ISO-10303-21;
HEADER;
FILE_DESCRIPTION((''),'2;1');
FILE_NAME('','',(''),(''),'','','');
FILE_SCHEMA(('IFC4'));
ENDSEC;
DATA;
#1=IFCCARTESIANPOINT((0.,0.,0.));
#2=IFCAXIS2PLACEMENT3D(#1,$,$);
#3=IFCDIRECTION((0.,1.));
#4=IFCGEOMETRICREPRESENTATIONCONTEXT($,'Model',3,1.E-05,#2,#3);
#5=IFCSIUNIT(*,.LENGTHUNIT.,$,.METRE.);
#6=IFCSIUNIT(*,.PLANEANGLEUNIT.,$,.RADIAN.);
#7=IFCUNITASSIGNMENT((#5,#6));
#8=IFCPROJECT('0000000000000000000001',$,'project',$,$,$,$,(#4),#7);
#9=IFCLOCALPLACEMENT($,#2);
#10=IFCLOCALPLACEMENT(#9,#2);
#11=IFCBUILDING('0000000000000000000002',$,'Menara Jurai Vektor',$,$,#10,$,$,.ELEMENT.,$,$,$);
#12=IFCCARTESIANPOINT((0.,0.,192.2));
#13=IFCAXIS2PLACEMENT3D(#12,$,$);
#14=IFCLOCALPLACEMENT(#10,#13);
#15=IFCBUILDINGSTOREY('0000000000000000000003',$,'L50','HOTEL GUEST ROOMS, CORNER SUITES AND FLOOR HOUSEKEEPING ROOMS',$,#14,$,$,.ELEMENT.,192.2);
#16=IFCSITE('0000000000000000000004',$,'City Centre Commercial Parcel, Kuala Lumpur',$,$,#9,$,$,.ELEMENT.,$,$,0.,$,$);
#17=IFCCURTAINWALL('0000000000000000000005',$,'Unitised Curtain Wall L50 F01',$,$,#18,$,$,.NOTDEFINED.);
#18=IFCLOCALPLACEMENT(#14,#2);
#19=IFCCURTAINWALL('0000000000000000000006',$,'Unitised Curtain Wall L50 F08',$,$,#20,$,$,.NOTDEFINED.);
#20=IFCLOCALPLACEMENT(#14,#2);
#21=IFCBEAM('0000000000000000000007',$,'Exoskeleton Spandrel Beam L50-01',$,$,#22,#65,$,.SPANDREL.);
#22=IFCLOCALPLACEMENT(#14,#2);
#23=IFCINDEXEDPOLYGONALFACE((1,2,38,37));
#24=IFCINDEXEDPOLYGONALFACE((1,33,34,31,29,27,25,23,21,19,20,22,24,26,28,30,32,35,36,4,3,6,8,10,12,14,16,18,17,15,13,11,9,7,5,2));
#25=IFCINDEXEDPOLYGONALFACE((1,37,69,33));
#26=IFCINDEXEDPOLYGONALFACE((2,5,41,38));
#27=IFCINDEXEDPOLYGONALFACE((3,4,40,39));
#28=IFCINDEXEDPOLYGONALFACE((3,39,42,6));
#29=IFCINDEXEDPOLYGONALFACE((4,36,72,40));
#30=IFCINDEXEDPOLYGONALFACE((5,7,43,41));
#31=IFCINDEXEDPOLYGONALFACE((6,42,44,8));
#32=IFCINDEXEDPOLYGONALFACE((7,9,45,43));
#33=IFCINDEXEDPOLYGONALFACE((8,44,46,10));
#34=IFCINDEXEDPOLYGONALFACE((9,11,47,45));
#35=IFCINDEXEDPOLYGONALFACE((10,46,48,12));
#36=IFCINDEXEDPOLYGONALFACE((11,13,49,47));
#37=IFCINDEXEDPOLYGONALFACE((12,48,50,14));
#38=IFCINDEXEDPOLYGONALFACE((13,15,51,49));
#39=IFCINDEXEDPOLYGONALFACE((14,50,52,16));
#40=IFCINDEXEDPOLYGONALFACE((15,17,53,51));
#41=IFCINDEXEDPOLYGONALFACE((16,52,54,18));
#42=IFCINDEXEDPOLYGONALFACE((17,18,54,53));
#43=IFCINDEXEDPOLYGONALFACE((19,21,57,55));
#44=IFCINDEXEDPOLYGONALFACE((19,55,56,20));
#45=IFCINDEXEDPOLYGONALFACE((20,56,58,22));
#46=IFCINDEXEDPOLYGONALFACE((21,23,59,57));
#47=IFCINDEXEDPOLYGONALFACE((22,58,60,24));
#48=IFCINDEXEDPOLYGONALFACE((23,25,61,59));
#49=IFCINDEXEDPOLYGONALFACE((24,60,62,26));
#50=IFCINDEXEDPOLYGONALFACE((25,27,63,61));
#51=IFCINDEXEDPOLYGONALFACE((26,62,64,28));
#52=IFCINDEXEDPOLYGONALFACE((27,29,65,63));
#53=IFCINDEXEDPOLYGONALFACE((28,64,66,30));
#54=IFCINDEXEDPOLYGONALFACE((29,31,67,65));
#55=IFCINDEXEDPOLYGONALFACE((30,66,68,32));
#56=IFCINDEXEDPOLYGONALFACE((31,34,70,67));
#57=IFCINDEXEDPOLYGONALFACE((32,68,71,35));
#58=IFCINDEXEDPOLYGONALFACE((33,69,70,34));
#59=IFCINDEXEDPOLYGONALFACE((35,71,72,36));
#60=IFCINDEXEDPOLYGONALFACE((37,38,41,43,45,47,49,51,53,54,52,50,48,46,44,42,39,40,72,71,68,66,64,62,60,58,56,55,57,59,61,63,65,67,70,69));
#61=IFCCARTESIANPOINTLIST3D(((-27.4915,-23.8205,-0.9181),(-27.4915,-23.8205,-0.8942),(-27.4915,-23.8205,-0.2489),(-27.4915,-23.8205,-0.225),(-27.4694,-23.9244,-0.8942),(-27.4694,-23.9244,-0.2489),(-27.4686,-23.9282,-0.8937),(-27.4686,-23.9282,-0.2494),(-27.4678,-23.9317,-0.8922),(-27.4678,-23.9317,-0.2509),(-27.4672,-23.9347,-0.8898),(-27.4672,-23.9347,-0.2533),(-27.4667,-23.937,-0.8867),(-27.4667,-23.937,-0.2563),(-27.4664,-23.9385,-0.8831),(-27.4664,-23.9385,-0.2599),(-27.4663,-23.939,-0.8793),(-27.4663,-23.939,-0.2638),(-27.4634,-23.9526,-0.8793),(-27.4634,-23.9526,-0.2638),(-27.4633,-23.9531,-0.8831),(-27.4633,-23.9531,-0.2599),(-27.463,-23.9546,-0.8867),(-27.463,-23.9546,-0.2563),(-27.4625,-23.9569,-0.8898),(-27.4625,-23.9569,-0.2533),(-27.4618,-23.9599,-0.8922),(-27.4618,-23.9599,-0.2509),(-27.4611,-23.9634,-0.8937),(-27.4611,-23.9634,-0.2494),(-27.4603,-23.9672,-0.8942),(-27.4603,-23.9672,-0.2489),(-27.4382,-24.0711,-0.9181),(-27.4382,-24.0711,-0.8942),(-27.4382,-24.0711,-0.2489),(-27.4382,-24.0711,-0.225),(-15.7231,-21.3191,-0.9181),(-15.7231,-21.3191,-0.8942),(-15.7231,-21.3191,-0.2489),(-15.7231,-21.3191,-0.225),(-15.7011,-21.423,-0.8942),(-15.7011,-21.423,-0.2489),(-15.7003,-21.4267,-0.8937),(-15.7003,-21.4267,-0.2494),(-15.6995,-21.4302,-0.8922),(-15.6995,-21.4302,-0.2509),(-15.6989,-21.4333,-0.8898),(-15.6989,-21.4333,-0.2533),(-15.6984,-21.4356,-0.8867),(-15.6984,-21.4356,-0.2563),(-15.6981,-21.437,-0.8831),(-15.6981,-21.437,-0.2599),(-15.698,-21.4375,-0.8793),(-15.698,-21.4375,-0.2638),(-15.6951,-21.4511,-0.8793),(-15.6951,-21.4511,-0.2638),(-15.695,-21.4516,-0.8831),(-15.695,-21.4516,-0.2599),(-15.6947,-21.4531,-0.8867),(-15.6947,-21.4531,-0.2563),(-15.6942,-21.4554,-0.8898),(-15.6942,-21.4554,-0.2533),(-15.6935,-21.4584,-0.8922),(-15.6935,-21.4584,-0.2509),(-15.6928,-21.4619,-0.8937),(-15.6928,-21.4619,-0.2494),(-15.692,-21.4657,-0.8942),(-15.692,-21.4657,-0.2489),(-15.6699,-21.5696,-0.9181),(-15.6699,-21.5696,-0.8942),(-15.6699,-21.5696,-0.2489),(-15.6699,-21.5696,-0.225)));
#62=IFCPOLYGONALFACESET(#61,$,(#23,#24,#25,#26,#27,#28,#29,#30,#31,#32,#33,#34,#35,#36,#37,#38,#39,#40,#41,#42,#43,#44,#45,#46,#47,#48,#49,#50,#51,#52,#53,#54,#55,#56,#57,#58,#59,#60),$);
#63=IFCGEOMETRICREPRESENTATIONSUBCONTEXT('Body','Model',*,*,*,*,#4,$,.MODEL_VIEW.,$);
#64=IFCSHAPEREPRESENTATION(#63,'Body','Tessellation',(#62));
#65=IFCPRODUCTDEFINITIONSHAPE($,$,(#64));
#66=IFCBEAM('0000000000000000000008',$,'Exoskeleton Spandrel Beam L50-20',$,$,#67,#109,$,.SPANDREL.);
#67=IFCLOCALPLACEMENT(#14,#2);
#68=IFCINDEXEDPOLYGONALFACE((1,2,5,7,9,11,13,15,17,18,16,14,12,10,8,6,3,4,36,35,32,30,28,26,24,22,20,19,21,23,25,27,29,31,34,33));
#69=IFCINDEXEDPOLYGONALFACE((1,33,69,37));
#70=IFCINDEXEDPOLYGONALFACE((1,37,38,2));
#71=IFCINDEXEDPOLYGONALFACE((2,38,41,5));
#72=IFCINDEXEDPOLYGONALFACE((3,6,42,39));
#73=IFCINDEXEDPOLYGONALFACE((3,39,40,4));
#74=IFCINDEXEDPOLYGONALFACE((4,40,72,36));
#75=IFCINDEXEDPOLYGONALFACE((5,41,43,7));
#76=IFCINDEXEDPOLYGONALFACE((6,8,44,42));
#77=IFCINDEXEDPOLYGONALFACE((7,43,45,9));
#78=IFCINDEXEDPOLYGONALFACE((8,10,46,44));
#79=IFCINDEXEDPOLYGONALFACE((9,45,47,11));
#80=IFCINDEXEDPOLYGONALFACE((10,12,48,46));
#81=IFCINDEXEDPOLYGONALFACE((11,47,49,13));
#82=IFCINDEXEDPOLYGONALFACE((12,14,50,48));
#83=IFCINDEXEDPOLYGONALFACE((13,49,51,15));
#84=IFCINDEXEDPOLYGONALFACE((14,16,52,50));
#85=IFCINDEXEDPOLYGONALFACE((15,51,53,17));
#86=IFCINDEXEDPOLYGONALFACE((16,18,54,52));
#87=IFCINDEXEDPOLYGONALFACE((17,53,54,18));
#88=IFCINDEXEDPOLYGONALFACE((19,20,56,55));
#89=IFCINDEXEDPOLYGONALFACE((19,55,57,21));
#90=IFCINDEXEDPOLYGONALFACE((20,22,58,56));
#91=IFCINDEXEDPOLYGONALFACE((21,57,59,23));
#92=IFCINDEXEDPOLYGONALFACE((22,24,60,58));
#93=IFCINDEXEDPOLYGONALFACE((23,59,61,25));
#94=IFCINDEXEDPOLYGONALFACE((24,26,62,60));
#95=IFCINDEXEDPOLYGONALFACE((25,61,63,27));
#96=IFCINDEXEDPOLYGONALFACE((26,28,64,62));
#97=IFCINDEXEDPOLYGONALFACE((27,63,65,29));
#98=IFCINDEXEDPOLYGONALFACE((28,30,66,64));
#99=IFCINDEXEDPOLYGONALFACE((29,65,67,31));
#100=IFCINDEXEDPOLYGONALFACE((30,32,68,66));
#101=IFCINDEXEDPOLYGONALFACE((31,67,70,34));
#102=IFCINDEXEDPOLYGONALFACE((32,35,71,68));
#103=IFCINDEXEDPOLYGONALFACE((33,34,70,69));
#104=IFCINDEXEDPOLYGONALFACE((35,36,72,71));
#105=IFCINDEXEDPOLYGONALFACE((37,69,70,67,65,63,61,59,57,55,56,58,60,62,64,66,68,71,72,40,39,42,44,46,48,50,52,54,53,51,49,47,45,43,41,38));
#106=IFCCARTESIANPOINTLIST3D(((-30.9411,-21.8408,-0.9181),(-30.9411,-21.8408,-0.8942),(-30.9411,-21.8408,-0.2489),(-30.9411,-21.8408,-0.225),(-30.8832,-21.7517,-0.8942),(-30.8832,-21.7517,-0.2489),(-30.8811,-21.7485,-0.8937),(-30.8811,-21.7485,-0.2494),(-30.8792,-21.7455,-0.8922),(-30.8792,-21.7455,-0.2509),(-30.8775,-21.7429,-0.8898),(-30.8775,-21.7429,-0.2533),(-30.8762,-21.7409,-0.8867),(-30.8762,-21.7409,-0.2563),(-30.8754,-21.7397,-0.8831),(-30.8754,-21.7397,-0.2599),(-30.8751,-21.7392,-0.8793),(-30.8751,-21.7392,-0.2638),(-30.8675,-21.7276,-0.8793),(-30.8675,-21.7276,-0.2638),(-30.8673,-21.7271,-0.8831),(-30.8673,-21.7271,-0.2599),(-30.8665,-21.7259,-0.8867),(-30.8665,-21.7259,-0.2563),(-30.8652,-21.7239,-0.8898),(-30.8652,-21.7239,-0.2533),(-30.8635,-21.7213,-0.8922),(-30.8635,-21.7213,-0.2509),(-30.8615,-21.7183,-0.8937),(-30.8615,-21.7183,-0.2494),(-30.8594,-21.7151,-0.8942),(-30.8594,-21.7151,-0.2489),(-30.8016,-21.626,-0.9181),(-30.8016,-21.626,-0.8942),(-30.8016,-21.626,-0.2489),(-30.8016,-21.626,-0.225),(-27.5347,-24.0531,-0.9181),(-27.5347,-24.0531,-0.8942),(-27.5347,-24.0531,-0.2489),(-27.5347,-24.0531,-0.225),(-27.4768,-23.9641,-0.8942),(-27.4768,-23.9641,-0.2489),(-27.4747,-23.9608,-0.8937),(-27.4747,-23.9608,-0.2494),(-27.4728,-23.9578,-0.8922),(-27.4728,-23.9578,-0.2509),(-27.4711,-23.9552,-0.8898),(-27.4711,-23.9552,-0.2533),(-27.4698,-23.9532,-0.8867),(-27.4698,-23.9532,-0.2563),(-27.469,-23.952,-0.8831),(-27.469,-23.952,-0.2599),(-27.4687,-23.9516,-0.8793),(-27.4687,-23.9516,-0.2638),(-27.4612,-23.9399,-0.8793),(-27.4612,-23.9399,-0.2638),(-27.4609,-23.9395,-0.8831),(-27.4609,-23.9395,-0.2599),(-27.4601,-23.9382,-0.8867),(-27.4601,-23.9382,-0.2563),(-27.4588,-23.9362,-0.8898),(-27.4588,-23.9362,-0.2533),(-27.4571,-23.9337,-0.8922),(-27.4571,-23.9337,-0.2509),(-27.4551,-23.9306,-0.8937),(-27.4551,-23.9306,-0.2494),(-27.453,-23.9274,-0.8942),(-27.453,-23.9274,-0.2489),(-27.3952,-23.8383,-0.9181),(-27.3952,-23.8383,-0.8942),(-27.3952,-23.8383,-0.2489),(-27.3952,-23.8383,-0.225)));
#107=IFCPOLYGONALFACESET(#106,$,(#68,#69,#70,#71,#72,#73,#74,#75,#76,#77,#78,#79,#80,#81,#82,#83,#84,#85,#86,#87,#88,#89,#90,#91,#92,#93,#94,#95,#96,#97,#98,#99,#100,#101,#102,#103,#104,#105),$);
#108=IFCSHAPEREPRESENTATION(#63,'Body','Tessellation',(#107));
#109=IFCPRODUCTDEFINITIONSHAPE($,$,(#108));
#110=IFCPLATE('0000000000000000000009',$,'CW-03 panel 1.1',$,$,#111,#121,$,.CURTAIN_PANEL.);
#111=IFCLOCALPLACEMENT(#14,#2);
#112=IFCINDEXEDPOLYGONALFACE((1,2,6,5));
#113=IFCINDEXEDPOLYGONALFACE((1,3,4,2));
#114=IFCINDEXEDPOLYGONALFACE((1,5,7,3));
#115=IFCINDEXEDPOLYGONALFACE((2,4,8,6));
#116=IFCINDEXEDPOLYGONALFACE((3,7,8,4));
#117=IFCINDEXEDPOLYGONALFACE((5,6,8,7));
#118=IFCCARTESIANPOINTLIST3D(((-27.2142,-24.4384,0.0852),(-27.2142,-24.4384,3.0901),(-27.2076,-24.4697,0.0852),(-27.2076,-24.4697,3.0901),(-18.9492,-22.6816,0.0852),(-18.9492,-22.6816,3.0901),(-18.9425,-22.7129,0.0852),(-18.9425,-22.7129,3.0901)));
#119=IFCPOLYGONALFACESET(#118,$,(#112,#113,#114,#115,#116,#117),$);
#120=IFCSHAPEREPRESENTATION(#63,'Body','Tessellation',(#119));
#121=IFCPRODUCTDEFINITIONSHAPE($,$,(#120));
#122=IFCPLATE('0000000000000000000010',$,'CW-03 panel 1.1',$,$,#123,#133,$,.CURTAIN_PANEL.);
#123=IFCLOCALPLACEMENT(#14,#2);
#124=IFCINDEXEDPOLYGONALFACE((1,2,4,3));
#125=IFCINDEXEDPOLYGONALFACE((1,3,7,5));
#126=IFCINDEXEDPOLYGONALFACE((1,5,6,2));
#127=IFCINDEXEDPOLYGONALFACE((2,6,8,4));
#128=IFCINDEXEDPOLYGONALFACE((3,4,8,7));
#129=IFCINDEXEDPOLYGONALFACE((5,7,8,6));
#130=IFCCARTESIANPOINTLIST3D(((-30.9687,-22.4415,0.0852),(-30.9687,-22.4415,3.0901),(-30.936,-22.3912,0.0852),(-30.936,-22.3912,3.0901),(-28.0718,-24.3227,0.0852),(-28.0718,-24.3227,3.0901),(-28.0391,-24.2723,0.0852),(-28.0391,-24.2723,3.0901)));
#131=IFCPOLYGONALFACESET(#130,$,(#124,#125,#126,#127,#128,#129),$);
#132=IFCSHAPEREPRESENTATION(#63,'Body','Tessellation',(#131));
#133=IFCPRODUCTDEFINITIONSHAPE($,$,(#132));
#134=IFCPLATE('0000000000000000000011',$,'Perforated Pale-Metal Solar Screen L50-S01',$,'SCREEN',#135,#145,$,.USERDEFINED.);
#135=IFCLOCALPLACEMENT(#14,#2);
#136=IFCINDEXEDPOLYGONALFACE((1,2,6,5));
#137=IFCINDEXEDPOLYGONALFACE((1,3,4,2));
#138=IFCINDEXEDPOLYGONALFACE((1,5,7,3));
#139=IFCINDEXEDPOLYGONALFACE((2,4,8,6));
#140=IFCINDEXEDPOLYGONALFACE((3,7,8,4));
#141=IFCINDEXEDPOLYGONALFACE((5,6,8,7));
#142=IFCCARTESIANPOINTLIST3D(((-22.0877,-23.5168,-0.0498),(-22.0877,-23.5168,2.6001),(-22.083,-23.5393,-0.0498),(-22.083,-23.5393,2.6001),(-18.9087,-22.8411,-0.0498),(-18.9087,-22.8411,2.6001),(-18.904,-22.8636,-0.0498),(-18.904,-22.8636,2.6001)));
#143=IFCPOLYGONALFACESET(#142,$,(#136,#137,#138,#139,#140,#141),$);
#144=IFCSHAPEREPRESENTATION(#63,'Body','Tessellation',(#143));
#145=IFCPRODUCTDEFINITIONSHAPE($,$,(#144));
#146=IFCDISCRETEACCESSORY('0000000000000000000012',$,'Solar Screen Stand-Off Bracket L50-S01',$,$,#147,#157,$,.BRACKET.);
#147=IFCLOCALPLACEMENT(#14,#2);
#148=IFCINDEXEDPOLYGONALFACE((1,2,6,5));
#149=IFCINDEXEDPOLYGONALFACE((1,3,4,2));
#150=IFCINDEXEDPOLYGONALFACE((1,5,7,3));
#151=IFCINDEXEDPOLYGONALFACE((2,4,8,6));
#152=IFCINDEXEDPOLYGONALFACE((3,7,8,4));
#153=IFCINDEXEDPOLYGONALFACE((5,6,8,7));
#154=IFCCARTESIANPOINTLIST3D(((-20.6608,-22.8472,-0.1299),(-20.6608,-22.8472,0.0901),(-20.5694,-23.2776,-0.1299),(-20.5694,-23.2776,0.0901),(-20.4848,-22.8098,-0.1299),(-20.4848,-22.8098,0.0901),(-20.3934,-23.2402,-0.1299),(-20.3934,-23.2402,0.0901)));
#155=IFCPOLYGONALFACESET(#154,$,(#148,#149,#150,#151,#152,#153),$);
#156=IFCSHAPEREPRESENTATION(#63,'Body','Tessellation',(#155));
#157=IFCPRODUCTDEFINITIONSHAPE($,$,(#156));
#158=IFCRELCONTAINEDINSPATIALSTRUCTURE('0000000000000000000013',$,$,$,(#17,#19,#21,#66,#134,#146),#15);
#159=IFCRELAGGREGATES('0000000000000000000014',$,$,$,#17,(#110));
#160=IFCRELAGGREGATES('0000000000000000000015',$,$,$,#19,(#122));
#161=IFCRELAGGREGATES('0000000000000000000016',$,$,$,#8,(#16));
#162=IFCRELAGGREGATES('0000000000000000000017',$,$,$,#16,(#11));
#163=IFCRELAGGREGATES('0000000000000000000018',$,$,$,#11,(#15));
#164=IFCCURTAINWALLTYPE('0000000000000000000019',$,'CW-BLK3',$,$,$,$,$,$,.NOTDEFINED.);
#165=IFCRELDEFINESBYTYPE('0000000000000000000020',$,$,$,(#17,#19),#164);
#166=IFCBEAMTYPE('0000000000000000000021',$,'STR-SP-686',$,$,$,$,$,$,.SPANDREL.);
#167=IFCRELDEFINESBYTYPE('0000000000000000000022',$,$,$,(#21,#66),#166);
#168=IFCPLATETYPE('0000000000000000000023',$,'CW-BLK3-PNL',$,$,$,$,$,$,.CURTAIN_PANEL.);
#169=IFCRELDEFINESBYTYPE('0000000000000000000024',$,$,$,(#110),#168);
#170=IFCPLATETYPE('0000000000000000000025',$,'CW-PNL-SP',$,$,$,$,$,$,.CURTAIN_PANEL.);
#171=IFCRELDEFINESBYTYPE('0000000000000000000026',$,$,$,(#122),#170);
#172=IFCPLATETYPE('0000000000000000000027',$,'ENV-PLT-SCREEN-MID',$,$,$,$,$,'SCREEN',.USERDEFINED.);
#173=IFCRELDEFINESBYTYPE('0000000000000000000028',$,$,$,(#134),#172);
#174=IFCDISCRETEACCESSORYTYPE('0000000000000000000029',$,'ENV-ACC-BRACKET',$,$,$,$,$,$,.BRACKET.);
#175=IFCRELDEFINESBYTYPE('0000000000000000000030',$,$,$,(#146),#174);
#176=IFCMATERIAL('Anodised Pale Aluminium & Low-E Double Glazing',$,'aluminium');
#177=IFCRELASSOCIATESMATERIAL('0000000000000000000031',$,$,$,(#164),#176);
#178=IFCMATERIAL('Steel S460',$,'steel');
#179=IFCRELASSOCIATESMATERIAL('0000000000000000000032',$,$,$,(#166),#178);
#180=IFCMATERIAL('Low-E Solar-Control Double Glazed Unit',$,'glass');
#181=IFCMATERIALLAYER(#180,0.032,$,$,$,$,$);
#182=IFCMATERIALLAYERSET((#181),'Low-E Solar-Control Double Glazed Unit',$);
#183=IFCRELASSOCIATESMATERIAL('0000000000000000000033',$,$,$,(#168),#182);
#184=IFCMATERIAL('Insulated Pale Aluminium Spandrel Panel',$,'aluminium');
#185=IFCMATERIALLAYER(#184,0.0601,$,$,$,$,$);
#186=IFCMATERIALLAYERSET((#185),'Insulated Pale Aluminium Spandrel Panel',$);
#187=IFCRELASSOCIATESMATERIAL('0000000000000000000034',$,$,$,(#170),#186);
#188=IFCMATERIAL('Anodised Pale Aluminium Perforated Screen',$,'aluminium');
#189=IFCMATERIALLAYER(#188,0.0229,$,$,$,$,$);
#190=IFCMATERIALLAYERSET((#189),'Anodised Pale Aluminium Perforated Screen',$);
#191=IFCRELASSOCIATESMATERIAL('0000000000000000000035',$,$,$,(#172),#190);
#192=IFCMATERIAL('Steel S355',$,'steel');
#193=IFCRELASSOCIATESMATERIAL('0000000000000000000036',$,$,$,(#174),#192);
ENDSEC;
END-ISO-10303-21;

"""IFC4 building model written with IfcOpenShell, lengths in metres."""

from ifc_helpers import new_model, si_unit, direction, frame, origin, origin_2d, place, context, subcontext, project, spatial, rectangle, i_section, extrude, material, layer, layer_set, material_profile, profile_set, type_object, element, aggregate, save


model = new_model("IFC4")

# Units and contexts
model_context = context("Model", 3, precision=1e-05, world=origin(), true_north=direction((0.0, 1.0)))
body_context = subcontext(model_context, "Body", "Model", "MODEL_VIEW")
ifc_project = project(units=[si_unit("LENGTHUNIT", "METRE"), si_unit("PLANEANGLEUNIT", "RADIAN")], contexts=[model_context])

# Site, building, storey
site_placement = place(None, origin())
site = spatial("IfcSite", under=ifc_project, at=site_placement, Name="City Centre Commercial Parcel, Kuala Lumpur", CompositionType="ELEMENT", RefElevation=0.0)
building_placement = place(site_placement, origin())
building = spatial("IfcBuilding", under=site, at=building_placement, Name="Menara Jurai Vektor", CompositionType="ELEMENT")
storey_placement = place(building_placement, frame((0.0, 0.0, 192.2)))
storey = spatial("IfcBuildingStorey", under=building, at=storey_placement, Name="L50", Description="HOTEL GUEST ROOMS, CORNER SUITES AND FLOOR HOUSEKEEPING ROOMS", CompositionType="ELEMENT", Elevation=192.2)

# Shared definitions
ifc_material_1 = material(Name="Steel S460", Category="steel")

# Curtain wall
ifc_material_2 = material(Name="Anodised Pale Aluminium & Low-E Double Glazing", Category="aluminium")
curtain_wall_type = type_object("IfcCurtainWallType", Name="CW-BLK3", PredefinedType="NOTDEFINED", material=ifc_material_2)
curtain_wall_1_placement = place(storey_placement, origin())
curtain_wall_1 = element("IfcCurtainWall", 1, at=curtain_wall_1_placement, inside=storey, type_object=curtain_wall_type, Name="Unitised Curtain Wall L50 F01", PredefinedType="NOTDEFINED")

# Curtain wall
curtain_wall_2_placement = place(storey_placement, origin())
curtain_wall_2 = element("IfcCurtainWall", 2, at=curtain_wall_2_placement, inside=storey, type_object=curtain_wall_type, Name="Unitised Curtain Wall L50 F08", PredefinedType="NOTDEFINED")

# Shared definitions
ifc_material_3 = material(Name="Steel S355", Category="steel")

# Beams
ifc_material_profile_1 = material_profile(ifc_material_1, i_section(OverallWidth=0.2561, OverallDepth=0.6931, WebThickness=0.0139, FlangeThickness=0.0239, FilletRadius=0.0149, at=origin_2d()), Name="UKB 686x254x170")
ifc_profile_set_1 = profile_set([ifc_material_profile_1], Name="Steel S460")
beam_type_1 = type_object("IfcBeamType", Name="STR-SP-686", PredefinedType="SPANDREL", material=ifc_profile_set_1)
beam_1_placement = place(storey_placement, frame((-27.4648, -23.9458, -0.5715), z_axis=(0.978147, 0.207914, 0.0), x_axis=(-0.207914, 0.978147, 0.0)))
element("IfcBeam", 3, at=beam_1_placement, inside=storey, type_object=beam_type_1, Name="Exoskeleton Spandrel Beam L50-01", PredefinedType="SPANDREL", context=body_context, shape_type="SweptSolid", body=[
    extrude(i_section(OverallWidth=0.2561, OverallDepth=0.6931, WebThickness=0.0139, FlangeThickness=0.0239, FilletRadius=0.0149, at=origin_2d()), origin(), (0.0, 0.0, 1.0), 12.0312),
])
beam_2_placement = place(storey_placement, frame((-30.8713, -21.7334, -0.5715), z_axis=(0.838648, -0.544674, 0.0), x_axis=(0.544674, 0.838648, 0.0)))
element("IfcBeam", 4, at=beam_2_placement, inside=storey, type_object=beam_type_1, Name="Exoskeleton Spandrel Beam L50-20", PredefinedType="SPANDREL", context=body_context, shape_type="SweptSolid", body=[
    extrude(i_section(OverallWidth=0.2561, OverallDepth=0.6931, WebThickness=0.0139, FlangeThickness=0.0239, FilletRadius=0.0149, at=origin_2d()), origin(), (0.0, 0.0, 1.0), 4.0618),
])

# Plates
ifc_material_4 = material(Name="Low-E Solar-Control Double Glazed Unit", Category="glass")
ifc_layer_1 = layer(ifc_material_4, 0.032)
ifc_layer_set_1 = layer_set([ifc_layer_1], Name="Low-E Solar-Control Double Glazed Unit")
plate_type_1 = type_object("IfcPlateType", Name="CW-BLK3-PNL", PredefinedType="CURTAIN_PANEL", material=ifc_layer_set_1)
plate_1_placement = place(storey_placement, frame((-23.0784, -23.5757, 0.0852), z_axis=(0.0, 0.0, 1.0), x_axis=(0.978148, 0.207911, 0.0)))
plate_1 = element("IfcPlate", 5, at=plate_1_placement, type_object=plate_type_1, Name="CW-03 panel 1.1", PredefinedType="CURTAIN_PANEL", context=body_context, shape_type="SweptSolid", body=[
    extrude(rectangle(XDim=8.4497, YDim=0.032, at=origin_2d()), origin(), (0.0, 0.0, 1.0), 3.0049),
])
aggregate(curtain_wall_1, [plate_1])
ifc_material_5 = material(Name="Insulated Pale Aluminium Spandrel Panel", Category="aluminium")
ifc_layer_2 = layer(ifc_material_5, 0.0601)
ifc_layer_set_2 = layer_set([ifc_layer_2], Name="Insulated Pale Aluminium Spandrel Panel")
plate_type_2 = type_object("IfcPlateType", Name="CW-PNL-SP", PredefinedType="CURTAIN_PANEL", material=ifc_layer_set_2)
plate_2_placement = place(storey_placement, frame((-29.5039, -23.3569, 0.0852), z_axis=(0.0, 0.0, 1.0), x_axis=(0.838684, -0.544618, 0.0)))
plate_2 = element("IfcPlate", 6, at=plate_2_placement, type_object=plate_type_2, Name="CW-03 panel 1.1", PredefinedType="CURTAIN_PANEL", context=body_context, shape_type="SweptSolid", body=[
    extrude(rectangle(XDim=3.4541, YDim=0.0601, at=origin_2d()), origin(), (0.0, 0.0, 1.0), 3.0049),
])
aggregate(curtain_wall_2, [plate_2])
ifc_material_6 = material(Name="Anodised Pale Aluminium Perforated Screen", Category="aluminium")
ifc_layer_3 = layer(ifc_material_6, 0.0229)
ifc_layer_set_3 = layer_set([ifc_layer_3], Name="Anodised Pale Aluminium Perforated Screen")
plate_type_3 = type_object("IfcPlateType", Name="ENV-PLT-SCREEN-MID", ElementType="SCREEN", PredefinedType="USERDEFINED", material=ifc_layer_set_3)
plate_3_placement = place(storey_placement, frame((-20.4958, -23.1902, -0.0498), z_axis=(0.0, 0.0, 1.0), x_axis=(0.978148, 0.207912, 0.0)))
element("IfcPlate", 7, at=plate_3_placement, inside=storey, type_object=plate_type_3, Name="Perforated Pale-Metal Solar Screen L50-S01", ObjectType="SCREEN", PredefinedType="USERDEFINED", context=body_context, shape_type="SweptSolid", body=[
    extrude(rectangle(XDim=3.25, YDim=0.0229, at=origin_2d()), origin(), (0.0, 0.0, 1.0), 2.6499),
])

# Discrete accessory
discrete_accessory_type = type_object("IfcDiscreteAccessoryType", Name="ENV-ACC-BRACKET", PredefinedType="BRACKET", material=ifc_material_3)
discrete_accessory_placement = place(storey_placement, frame((-20.5271, -23.0437, -0.1299), z_axis=(0.0, 0.0, 1.0), x_axis=(0.978148, 0.207912, 0.0)))
element("IfcDiscreteAccessory", 8, at=discrete_accessory_placement, inside=storey, type_object=discrete_accessory_type, Name="Solar Screen Stand-Off Bracket L50-S01", PredefinedType="BRACKET", context=body_context, shape_type="SweptSolid", body=[
    extrude(rectangle(XDim=0.1799, YDim=0.4399, at=origin_2d()), origin(), (0.0, 0.0, 1.0), 0.22),
])

save(model, "model.ifc")
